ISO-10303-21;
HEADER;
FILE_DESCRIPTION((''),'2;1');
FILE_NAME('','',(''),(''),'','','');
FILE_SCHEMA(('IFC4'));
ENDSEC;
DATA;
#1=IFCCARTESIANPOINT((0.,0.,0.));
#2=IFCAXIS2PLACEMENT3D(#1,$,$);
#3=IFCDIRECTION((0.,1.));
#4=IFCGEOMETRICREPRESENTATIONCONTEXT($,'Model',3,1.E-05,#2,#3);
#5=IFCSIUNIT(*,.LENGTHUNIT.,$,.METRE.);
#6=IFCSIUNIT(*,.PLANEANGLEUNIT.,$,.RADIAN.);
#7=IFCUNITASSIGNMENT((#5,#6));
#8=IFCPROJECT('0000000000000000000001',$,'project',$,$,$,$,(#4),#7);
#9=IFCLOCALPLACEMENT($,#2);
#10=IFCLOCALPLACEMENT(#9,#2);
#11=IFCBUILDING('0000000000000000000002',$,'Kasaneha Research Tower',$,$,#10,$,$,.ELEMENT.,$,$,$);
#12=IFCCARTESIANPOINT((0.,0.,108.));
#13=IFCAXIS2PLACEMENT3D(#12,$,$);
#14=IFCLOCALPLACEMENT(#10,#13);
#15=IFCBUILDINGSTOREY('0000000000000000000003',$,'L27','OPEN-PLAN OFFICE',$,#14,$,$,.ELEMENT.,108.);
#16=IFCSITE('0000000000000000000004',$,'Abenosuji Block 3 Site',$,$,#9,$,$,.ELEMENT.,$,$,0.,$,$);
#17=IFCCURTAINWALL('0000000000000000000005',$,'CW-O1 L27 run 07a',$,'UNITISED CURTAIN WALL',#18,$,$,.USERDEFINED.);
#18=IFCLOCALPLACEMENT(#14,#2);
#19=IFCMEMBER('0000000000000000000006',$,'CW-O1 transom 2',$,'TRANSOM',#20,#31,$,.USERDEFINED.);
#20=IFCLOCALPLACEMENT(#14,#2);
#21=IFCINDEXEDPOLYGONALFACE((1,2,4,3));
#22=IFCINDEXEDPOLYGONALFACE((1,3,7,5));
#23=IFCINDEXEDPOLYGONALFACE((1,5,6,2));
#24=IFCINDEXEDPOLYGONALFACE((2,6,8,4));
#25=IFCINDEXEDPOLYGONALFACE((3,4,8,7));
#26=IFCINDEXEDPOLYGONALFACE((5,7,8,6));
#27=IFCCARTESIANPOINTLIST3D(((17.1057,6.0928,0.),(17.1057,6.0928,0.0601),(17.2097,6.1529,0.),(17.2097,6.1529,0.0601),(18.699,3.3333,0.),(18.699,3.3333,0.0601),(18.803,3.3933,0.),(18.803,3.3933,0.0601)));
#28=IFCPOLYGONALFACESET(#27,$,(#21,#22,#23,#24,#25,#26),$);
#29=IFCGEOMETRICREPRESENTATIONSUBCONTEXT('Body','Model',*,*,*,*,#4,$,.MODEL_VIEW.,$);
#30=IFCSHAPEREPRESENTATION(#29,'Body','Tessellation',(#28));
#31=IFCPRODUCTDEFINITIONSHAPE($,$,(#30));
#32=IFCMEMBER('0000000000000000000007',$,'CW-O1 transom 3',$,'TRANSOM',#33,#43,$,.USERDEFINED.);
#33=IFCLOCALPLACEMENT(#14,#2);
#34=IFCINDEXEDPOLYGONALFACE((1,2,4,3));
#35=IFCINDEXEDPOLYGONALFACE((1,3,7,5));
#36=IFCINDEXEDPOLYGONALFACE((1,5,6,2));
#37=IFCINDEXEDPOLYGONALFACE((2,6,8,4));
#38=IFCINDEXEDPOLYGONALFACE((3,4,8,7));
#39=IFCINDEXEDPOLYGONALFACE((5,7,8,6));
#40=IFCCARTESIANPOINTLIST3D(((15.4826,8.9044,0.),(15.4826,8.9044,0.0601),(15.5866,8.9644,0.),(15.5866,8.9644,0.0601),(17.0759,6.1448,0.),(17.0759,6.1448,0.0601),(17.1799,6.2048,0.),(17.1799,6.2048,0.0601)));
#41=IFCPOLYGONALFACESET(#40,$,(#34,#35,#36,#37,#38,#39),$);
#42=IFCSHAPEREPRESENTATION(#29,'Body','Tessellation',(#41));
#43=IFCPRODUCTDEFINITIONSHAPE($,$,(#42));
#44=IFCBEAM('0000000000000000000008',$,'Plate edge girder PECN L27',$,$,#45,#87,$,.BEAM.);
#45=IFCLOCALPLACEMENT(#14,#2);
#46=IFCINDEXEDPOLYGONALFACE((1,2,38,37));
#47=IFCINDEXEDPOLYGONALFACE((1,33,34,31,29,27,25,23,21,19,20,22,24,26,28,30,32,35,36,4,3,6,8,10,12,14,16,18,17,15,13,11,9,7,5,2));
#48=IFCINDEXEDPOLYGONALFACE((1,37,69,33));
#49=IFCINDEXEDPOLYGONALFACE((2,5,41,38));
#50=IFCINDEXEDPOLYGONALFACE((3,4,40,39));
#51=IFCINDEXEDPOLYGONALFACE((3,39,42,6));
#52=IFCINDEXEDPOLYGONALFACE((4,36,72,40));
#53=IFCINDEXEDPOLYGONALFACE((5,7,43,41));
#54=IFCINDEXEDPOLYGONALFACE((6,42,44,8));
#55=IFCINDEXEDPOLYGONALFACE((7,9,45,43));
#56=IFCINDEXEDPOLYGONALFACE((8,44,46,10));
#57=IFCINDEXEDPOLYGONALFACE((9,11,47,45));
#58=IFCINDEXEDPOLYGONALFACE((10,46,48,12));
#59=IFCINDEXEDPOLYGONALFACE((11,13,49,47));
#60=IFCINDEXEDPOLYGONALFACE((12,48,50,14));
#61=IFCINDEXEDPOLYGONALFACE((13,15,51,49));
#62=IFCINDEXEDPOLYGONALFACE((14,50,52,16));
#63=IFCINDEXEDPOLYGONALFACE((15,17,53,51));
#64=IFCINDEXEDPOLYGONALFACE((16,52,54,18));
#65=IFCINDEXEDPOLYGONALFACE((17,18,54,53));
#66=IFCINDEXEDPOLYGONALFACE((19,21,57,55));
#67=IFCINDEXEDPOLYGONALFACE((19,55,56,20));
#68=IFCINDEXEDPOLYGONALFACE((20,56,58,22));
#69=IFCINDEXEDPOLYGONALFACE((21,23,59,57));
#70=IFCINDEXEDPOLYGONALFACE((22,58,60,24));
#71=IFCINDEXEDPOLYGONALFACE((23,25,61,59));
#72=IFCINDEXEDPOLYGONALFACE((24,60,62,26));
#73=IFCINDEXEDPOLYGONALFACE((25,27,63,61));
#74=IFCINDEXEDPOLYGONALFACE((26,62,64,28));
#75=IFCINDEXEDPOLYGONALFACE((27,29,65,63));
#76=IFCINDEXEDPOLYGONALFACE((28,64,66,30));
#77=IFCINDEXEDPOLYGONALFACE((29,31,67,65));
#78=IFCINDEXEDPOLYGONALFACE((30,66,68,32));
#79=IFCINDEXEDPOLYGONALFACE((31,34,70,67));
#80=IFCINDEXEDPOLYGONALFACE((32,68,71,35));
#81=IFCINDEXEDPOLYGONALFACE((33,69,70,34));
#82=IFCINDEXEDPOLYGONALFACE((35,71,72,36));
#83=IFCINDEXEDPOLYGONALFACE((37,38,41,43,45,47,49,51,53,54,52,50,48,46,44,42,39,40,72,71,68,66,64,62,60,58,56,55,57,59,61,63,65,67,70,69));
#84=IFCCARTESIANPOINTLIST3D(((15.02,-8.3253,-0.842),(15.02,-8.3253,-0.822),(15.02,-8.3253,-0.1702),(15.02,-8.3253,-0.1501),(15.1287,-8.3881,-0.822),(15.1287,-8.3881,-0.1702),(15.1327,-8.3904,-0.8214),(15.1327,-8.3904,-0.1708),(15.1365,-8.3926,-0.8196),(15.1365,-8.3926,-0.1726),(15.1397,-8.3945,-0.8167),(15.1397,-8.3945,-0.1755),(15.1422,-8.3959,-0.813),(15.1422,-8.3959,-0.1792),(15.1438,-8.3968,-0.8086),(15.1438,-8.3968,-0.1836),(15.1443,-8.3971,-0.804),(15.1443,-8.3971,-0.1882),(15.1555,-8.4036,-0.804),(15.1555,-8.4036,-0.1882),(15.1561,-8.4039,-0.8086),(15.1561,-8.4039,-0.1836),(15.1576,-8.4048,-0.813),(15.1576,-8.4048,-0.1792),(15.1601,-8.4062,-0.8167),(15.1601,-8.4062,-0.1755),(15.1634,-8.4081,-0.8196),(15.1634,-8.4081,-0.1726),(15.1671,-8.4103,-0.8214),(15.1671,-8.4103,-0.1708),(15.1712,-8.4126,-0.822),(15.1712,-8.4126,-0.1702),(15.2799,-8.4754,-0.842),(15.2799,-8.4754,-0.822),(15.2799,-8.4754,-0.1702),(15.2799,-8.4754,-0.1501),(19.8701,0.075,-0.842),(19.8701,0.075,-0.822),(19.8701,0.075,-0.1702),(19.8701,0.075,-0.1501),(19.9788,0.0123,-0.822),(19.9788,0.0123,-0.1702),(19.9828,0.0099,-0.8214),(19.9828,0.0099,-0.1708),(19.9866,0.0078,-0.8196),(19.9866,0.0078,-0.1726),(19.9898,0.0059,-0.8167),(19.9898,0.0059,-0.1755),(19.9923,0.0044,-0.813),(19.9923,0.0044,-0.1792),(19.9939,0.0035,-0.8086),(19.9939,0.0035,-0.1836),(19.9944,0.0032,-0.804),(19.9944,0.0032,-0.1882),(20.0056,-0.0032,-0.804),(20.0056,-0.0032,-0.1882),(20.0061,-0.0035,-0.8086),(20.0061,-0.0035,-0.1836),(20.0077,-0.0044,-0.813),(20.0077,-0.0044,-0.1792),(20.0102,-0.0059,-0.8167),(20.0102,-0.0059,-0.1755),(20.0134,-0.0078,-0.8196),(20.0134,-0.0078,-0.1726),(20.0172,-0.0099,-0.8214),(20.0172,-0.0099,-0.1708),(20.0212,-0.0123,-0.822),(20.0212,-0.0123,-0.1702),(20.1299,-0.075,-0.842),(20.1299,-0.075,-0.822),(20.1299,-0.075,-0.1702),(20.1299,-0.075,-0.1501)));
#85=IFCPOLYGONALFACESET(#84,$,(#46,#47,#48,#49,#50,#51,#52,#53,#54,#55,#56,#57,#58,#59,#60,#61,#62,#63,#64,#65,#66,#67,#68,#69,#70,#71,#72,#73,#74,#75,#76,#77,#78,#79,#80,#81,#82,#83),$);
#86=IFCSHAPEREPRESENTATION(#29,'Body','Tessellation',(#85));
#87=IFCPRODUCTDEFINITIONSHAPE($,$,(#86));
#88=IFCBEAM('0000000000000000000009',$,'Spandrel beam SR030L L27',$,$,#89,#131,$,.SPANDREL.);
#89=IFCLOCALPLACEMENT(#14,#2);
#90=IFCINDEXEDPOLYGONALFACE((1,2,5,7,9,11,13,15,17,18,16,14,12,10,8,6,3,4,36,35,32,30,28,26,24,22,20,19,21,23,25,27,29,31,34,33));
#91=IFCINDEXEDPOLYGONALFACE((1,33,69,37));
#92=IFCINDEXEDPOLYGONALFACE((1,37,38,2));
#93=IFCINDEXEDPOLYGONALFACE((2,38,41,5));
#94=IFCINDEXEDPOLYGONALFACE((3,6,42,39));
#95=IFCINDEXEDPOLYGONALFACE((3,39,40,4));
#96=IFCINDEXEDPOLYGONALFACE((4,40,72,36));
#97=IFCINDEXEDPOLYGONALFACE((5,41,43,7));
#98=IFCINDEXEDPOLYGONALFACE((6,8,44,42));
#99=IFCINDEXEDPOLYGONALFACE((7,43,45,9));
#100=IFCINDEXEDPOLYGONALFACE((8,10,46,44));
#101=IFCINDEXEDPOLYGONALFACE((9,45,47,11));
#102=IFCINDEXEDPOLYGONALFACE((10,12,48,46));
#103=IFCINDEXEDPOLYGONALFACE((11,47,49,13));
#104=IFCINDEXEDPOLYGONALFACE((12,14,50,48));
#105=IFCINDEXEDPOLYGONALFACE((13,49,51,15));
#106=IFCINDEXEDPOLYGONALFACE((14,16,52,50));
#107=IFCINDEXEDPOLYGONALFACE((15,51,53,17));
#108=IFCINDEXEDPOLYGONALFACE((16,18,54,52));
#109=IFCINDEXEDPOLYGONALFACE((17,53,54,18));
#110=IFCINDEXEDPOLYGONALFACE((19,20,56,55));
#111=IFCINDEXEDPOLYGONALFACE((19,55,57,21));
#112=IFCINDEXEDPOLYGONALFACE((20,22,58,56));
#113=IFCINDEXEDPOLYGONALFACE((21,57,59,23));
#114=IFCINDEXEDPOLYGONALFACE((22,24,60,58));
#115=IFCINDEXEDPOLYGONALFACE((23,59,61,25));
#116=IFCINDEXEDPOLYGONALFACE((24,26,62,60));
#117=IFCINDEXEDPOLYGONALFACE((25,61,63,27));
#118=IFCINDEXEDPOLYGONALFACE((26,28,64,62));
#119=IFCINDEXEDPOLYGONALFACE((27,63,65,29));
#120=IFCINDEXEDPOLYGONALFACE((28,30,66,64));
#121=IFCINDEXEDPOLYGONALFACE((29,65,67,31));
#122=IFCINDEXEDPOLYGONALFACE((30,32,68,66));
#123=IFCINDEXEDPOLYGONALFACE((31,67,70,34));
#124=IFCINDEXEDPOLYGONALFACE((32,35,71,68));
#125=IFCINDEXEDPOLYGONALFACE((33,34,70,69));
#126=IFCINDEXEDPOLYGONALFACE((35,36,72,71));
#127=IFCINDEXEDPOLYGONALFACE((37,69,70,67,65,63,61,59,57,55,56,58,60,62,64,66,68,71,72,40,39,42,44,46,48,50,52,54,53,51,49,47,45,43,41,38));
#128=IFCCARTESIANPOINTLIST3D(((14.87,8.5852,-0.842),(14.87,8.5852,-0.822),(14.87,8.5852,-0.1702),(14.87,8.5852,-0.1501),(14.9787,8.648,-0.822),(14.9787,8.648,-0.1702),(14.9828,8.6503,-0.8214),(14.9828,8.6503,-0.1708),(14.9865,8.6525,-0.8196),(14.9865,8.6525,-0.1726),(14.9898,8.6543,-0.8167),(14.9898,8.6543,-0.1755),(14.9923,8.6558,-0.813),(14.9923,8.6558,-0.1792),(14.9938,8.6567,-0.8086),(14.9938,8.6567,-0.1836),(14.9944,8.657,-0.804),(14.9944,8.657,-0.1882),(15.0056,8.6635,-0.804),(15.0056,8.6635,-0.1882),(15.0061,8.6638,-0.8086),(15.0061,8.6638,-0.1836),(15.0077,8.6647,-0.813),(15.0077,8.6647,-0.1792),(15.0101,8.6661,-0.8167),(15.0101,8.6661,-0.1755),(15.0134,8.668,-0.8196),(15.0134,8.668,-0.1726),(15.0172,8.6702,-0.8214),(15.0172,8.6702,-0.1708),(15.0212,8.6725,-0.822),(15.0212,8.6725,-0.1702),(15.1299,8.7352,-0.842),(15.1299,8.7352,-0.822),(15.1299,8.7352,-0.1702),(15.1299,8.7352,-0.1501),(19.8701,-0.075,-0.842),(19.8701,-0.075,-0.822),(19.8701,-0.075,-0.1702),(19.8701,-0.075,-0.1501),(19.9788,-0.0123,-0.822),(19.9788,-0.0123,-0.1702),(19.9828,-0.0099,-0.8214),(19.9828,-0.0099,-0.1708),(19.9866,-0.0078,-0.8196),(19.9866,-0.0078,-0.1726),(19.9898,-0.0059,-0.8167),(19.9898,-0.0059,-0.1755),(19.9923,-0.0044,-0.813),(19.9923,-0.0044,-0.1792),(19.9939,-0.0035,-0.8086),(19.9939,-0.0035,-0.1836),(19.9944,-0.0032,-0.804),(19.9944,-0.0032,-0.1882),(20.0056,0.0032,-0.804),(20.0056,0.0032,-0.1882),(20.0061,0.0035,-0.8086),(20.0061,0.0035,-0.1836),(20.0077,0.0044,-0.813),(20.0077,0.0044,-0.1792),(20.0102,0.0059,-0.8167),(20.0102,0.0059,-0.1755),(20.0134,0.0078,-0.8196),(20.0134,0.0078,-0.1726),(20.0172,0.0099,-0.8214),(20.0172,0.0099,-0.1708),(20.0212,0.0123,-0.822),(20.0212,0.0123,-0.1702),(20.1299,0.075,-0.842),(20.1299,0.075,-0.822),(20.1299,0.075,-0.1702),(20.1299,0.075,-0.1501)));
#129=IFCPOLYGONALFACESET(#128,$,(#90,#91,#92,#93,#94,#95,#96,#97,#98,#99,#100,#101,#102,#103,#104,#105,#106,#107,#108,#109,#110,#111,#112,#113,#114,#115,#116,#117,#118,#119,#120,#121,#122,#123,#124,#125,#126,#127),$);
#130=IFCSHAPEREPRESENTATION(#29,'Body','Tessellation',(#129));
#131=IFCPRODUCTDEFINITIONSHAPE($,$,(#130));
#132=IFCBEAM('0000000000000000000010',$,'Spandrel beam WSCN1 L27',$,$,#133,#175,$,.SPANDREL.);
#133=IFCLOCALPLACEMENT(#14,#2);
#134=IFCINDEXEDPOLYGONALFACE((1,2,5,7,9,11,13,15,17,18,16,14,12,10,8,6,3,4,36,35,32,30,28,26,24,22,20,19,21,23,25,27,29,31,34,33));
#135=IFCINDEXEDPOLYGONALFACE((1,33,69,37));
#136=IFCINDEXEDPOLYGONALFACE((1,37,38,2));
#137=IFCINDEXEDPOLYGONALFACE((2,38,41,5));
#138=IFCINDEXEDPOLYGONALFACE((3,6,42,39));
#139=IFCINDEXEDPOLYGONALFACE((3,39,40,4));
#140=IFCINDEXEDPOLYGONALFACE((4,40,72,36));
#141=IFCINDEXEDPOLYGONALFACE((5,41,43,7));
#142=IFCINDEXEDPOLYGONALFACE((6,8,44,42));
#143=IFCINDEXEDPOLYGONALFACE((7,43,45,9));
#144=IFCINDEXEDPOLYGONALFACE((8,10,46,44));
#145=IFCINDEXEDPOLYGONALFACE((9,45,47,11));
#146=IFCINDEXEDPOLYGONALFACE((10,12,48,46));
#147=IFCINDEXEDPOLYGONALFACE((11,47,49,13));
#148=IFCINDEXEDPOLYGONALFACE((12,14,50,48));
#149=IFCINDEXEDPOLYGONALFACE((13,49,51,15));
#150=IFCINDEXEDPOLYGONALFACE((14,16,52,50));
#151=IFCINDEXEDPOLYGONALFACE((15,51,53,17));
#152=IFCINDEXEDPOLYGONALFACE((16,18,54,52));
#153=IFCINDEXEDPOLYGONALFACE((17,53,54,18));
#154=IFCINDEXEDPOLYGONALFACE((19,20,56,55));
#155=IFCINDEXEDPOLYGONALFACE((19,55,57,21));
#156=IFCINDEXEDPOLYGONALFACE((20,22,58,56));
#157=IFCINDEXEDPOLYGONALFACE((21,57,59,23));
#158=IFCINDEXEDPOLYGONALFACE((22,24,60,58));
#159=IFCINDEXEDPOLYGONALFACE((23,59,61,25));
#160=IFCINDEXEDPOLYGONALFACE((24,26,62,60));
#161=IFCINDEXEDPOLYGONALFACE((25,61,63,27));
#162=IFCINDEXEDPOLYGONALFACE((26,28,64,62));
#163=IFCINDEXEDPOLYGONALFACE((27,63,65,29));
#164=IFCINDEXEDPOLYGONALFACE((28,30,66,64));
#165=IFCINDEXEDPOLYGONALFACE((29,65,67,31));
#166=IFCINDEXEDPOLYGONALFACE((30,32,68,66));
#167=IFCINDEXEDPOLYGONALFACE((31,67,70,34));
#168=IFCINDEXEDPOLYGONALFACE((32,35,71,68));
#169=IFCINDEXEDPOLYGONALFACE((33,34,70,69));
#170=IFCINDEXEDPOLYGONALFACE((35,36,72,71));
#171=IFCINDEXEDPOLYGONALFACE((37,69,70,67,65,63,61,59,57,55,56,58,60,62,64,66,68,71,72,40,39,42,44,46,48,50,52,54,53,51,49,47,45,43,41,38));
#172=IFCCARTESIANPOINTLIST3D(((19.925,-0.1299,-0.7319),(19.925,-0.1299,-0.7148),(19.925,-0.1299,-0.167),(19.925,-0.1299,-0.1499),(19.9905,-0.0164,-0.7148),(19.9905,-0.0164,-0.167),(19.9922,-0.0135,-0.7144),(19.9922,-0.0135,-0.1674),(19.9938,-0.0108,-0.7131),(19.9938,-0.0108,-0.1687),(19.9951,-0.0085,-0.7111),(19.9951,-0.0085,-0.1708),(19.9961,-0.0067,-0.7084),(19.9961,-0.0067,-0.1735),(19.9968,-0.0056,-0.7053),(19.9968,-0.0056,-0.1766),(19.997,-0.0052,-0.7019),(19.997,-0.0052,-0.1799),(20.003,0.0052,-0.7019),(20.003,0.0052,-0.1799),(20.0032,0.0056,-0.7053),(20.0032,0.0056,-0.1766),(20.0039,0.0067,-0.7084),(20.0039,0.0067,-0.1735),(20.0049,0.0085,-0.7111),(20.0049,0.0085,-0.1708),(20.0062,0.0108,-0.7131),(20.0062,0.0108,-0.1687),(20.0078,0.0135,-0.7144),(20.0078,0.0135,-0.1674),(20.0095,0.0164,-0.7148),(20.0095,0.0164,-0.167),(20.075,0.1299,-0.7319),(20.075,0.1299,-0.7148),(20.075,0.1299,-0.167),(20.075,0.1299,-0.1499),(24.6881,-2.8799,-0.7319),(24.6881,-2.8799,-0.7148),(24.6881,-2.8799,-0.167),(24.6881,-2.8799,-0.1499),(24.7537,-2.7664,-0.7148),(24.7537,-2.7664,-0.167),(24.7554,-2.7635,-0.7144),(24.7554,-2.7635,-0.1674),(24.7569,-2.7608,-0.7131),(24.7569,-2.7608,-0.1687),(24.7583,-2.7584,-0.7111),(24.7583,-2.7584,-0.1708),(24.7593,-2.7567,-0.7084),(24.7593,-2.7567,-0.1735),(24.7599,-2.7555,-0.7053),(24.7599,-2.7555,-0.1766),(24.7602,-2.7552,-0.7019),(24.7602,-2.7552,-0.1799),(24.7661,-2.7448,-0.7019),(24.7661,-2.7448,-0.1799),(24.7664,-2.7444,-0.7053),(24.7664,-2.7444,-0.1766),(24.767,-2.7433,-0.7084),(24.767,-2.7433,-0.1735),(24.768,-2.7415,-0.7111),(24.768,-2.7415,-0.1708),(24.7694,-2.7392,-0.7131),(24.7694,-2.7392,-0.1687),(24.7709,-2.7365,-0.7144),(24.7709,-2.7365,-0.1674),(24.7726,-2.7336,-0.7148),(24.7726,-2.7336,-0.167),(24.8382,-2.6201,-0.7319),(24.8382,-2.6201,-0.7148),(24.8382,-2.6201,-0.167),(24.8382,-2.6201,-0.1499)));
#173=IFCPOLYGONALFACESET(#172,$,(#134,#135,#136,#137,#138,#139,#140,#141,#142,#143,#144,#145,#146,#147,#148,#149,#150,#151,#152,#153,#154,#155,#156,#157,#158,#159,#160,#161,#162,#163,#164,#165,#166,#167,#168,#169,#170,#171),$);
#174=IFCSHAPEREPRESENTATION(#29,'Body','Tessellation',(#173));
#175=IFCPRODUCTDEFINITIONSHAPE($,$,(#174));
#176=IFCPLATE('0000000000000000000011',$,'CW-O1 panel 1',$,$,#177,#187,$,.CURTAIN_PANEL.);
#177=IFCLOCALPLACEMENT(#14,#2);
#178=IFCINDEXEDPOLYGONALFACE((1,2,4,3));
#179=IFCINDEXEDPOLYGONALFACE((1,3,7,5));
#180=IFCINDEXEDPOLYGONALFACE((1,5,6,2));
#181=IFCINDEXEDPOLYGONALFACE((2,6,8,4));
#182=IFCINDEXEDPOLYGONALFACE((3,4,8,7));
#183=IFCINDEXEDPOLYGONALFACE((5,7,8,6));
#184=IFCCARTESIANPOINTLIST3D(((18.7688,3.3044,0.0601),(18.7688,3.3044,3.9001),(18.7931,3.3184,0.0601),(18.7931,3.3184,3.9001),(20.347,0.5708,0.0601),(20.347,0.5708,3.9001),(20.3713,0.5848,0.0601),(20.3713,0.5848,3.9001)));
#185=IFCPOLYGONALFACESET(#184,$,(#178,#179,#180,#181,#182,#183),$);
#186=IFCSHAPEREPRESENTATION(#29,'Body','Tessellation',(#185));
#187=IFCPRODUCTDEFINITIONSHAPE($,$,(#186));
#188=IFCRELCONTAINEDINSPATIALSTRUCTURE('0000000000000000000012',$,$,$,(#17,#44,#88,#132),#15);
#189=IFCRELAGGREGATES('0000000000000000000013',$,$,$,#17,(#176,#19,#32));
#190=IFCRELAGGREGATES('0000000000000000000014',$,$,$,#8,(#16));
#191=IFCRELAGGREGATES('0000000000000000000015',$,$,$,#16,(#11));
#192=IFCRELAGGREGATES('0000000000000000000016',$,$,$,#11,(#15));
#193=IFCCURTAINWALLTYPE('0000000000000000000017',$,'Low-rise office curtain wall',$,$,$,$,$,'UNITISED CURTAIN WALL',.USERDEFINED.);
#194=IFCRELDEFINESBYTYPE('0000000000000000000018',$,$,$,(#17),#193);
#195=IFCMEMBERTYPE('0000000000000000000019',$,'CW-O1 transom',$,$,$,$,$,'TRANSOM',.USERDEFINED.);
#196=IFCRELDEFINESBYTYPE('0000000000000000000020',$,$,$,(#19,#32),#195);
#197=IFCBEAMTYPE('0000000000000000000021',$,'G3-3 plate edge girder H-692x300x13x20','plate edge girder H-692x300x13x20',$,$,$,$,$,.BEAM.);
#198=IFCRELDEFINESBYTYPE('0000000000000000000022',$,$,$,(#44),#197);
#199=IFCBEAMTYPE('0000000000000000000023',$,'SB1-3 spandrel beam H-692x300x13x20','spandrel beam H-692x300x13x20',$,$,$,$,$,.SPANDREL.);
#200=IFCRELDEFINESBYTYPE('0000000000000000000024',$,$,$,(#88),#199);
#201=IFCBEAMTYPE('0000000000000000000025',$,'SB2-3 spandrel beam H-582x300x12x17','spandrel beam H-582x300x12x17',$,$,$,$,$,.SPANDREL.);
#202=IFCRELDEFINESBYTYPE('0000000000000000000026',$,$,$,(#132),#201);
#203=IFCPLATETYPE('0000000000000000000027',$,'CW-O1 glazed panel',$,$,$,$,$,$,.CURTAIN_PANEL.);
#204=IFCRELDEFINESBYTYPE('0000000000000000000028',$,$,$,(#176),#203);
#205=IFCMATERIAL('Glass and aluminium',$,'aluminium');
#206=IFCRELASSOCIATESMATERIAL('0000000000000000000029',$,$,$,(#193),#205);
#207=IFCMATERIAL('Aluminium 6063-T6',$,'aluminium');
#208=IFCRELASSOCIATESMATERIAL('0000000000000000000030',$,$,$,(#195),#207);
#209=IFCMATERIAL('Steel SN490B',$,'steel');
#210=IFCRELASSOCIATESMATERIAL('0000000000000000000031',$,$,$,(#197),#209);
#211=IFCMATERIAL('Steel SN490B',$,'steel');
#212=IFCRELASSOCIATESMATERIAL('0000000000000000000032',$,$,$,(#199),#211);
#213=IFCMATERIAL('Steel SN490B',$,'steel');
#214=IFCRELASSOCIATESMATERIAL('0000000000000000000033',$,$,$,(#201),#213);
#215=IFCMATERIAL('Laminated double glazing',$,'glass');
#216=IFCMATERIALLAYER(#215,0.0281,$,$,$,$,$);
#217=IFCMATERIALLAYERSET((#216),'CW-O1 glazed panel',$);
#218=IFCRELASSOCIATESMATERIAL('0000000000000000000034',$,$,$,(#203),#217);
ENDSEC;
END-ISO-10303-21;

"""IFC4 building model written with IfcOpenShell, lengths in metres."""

from ifc_helpers import new_model, si_unit, direction, frame, origin, origin_2d, place, context, subcontext, project, spatial, rectangle, i_section, extrude, material, layer, layer_set, material_profile, profile_set, type_object, element, aggregate, save


model = new_model("IFC4")

# Units and contexts
model_context = context("Model", 3, precision=1e-05, world=origin(), true_north=direction((0.0, 1.0)))
body_context = subcontext(model_context, "Body", "Model", "MODEL_VIEW")
ifc_project = project(units=[si_unit("LENGTHUNIT", "METRE"), si_unit("PLANEANGLEUNIT", "RADIAN")], contexts=[model_context])

# Site, building, storey
site_placement = place(None, origin())
site = spatial("IfcSite", under=ifc_project, at=site_placement, Name="Abenosuji Block 3 Site", CompositionType="ELEMENT", RefElevation=0.0)
building_placement = place(site_placement, origin())
building = spatial("IfcBuilding", under=site, at=building_placement, Name="Kasaneha Research Tower", CompositionType="ELEMENT")
storey_placement = place(building_placement, frame((0.0, 0.0, 108.0)))
storey = spatial("IfcBuildingStorey", under=building, at=storey_placement, Name="L27", Description="OPEN-PLAN OFFICE", CompositionType="ELEMENT", Elevation=108.0)

# Shared definitions
ifc_material_1 = material(Name="Glass and aluminium", Category="aluminium")
curtain_wall_type = type_object("IfcCurtainWallType", Name="Low-rise office curtain wall", ElementType="UNITISED CURTAIN WALL", PredefinedType="USERDEFINED", material=ifc_material_1)

# Curtain wall, members
curtain_wall_1_placement = place(storey_placement, origin())
curtain_wall_1 = element("IfcCurtainWall", 1, at=curtain_wall_1_placement, inside=storey, type_object=curtain_wall_type, Name="CW-O1 L27 run 07a", ObjectType="UNITISED CURTAIN WALL", PredefinedType="USERDEFINED")
ifc_material_2 = material(Name="Aluminium 6063-T6", Category="aluminium")
ifc_material_profile_1 = material_profile(ifc_material_2, rectangle(XDim=0.1201, YDim=0.0601, at=origin_2d()), Name="CW-O1 transom 120x60")
ifc_profile_set_1 = profile_set([ifc_material_profile_1], Name="Aluminium 6063-T6")
member_type_1 = type_object("IfcMemberType", Name="CW-O1 transom", ElementType="TRANSOM", PredefinedType="USERDEFINED", material=ifc_profile_set_1)
member_1_placement = place(storey_placement, frame((18.751, 3.3633, 0.03), z_axis=(-0.500012, 0.866018, 0.0), x_axis=(-0.866018, -0.500012, 0.0)))
member_1 = element("IfcMember", 2, at=member_1_placement, type_object=member_type_1, Name="CW-O1 transom 2", ObjectType="TRANSOM", PredefinedType="USERDEFINED", context=body_context, shape_type="SweptSolid", body=[
    extrude(rectangle(XDim=0.1201, YDim=0.0601, at=origin_2d()), origin(), (0.0, 0.0, 1.0), 3.1865),
])
member_2_placement = place(storey_placement, frame((17.1279, 6.1748, 0.03), z_axis=(-0.500012, 0.866018, 0.0), x_axis=(-0.866018, -0.500012, 0.0)))
member_2 = element("IfcMember", 3, at=member_2_placement, type_object=member_type_1, Name="CW-O1 transom 3", ObjectType="TRANSOM", PredefinedType="USERDEFINED", context=body_context, shape_type="SweptSolid", body=[
    extrude(rectangle(XDim=0.1201, YDim=0.0601, at=origin_2d()), origin(), (0.0, 0.0, 1.0), 3.1865),
])

# Beams
ifc_material_3 = material(Name="Steel SN490B", Category="steel")
ifc_material_profile_2 = material_profile(ifc_material_3, i_section(OverallWidth=0.3, OverallDepth=0.6919, WebThickness=0.0129, FlangeThickness=0.02, FilletRadius=0.0181, at=origin_2d()), Name="H-692x300x13x20")
ifc_profile_set_2 = profile_set([ifc_material_profile_2], Name="Steel SN490B")
beam_type_1 = type_object("IfcBeamType", Name="G3-3 plate edge girder H-692x300x13x20", Description="plate edge girder H-692x300x13x20", PredefinedType="BEAM", material=ifc_profile_set_2)
beam_1_placement = place(storey_placement, frame((20.0, 0.0, -0.4961), z_axis=(-0.50001, -0.86602, 0.0), x_axis=(0.86602, -0.50001, 0.0)))
element("IfcBeam", 4, at=beam_1_placement, inside=storey, type_object=beam_type_1, Name="Plate edge girder PECN L27", PredefinedType="BEAM", context=body_context, shape_type="SweptSolid", body=[
    extrude(i_section(OverallWidth=0.3, OverallDepth=0.6919, WebThickness=0.0129, FlangeThickness=0.02, FilletRadius=0.0181, at=origin_2d()), origin(), (0.0, 0.0, 1.0), 9.7),
])
ifc_material_4 = material(Name="Steel SN490B", Category="steel")
ifc_material_profile_3 = material_profile(ifc_material_4, i_section(OverallWidth=0.3, OverallDepth=0.6919, WebThickness=0.0129, FlangeThickness=0.02, FilletRadius=0.0181, at=origin_2d()), Name="H-692x300x13x20")
ifc_profile_set_3 = profile_set([ifc_material_profile_3], Name="Steel SN490B")
beam_type_2 = type_object("IfcBeamType", Name="SB1-3 spandrel beam H-692x300x13x20", Description="spandrel beam H-692x300x13x20", PredefinedType="SPANDREL", material=ifc_profile_set_3)
beam_2_placement = place(storey_placement, frame((20.0, 0.0, -0.4961), z_axis=(-0.500004, 0.866023, 0.0), x_axis=(-0.866023, -0.500004, 0.0)))
element("IfcBeam", 5, at=beam_2_placement, inside=storey, type_object=beam_type_2, Name="Spandrel beam SR030L L27", PredefinedType="SPANDREL", context=body_context, shape_type="SweptSolid", body=[
    extrude(i_section(OverallWidth=0.3, OverallDepth=0.6919, WebThickness=0.0129, FlangeThickness=0.02, FilletRadius=0.0181, at=origin_2d()), origin(), (0.0, 0.0, 1.0), 10.0),
])
ifc_material_5 = material(Name="Steel SN490B", Category="steel")
ifc_material_profile_4 = material_profile(ifc_material_5, i_section(OverallWidth=0.3, OverallDepth=0.582, WebThickness=0.012, FlangeThickness=0.0171, FilletRadius=0.0129, at=origin_2d()), Name="H-582x300x12x17")
ifc_profile_set_4 = profile_set([ifc_material_profile_4], Name="Steel SN490B")
beam_type_3 = type_object("IfcBeamType", Name="SB2-3 spandrel beam H-582x300x12x17", Description="spandrel beam H-582x300x12x17", PredefinedType="SPANDREL", material=ifc_profile_set_4)
beam_3_placement = place(storey_placement, frame((20.0, 0.0, -0.4409), z_axis=(0.866027, -0.499997, 0.0), x_axis=(0.499997, 0.866027, 0.0)))
element("IfcBeam", 6, at=beam_3_placement, inside=storey, type_object=beam_type_3, Name="Spandrel beam WSCN1 L27", PredefinedType="SPANDREL", context=body_context, shape_type="SweptSolid", body=[
    extrude(i_section(OverallWidth=0.3, OverallDepth=0.582, WebThickness=0.012, FlangeThickness=0.0171, FilletRadius=0.0129, at=origin_2d()), origin(), (0.0, 0.0, 1.0), 5.5),
])

# Plate
ifc_material_6 = material(Name="Laminated double glazing", Category="glass")
ifc_layer = layer(ifc_material_6, 0.0281)
ifc_layer_set = layer_set([ifc_layer], Name="CW-O1 glazed panel")
plate_type = type_object("IfcPlateType", Name="CW-O1 glazed panel", PredefinedType="CURTAIN_PANEL", material=ifc_layer_set)
plate_1_placement = place(storey_placement, frame((19.5701, 1.9446, 0.0601), z_axis=(0.0, 0.0, 1.0), x_axis=(-0.5, 0.866025, 0.0)))
plate_1 = element("IfcPlate", 7, at=plate_1_placement, type_object=plate_type, Name="CW-O1 panel 1", PredefinedType="CURTAIN_PANEL", context=body_context, shape_type="SweptSolid", body=[
    extrude(rectangle(XDim=3.1565, YDim=0.0281, at=origin_2d()), origin(), (0.0, 0.0, 1.0), 3.8401),
])
aggregate(curtain_wall_1, [plate_1, member_1, member_2])

save(model, "model.ifc")
